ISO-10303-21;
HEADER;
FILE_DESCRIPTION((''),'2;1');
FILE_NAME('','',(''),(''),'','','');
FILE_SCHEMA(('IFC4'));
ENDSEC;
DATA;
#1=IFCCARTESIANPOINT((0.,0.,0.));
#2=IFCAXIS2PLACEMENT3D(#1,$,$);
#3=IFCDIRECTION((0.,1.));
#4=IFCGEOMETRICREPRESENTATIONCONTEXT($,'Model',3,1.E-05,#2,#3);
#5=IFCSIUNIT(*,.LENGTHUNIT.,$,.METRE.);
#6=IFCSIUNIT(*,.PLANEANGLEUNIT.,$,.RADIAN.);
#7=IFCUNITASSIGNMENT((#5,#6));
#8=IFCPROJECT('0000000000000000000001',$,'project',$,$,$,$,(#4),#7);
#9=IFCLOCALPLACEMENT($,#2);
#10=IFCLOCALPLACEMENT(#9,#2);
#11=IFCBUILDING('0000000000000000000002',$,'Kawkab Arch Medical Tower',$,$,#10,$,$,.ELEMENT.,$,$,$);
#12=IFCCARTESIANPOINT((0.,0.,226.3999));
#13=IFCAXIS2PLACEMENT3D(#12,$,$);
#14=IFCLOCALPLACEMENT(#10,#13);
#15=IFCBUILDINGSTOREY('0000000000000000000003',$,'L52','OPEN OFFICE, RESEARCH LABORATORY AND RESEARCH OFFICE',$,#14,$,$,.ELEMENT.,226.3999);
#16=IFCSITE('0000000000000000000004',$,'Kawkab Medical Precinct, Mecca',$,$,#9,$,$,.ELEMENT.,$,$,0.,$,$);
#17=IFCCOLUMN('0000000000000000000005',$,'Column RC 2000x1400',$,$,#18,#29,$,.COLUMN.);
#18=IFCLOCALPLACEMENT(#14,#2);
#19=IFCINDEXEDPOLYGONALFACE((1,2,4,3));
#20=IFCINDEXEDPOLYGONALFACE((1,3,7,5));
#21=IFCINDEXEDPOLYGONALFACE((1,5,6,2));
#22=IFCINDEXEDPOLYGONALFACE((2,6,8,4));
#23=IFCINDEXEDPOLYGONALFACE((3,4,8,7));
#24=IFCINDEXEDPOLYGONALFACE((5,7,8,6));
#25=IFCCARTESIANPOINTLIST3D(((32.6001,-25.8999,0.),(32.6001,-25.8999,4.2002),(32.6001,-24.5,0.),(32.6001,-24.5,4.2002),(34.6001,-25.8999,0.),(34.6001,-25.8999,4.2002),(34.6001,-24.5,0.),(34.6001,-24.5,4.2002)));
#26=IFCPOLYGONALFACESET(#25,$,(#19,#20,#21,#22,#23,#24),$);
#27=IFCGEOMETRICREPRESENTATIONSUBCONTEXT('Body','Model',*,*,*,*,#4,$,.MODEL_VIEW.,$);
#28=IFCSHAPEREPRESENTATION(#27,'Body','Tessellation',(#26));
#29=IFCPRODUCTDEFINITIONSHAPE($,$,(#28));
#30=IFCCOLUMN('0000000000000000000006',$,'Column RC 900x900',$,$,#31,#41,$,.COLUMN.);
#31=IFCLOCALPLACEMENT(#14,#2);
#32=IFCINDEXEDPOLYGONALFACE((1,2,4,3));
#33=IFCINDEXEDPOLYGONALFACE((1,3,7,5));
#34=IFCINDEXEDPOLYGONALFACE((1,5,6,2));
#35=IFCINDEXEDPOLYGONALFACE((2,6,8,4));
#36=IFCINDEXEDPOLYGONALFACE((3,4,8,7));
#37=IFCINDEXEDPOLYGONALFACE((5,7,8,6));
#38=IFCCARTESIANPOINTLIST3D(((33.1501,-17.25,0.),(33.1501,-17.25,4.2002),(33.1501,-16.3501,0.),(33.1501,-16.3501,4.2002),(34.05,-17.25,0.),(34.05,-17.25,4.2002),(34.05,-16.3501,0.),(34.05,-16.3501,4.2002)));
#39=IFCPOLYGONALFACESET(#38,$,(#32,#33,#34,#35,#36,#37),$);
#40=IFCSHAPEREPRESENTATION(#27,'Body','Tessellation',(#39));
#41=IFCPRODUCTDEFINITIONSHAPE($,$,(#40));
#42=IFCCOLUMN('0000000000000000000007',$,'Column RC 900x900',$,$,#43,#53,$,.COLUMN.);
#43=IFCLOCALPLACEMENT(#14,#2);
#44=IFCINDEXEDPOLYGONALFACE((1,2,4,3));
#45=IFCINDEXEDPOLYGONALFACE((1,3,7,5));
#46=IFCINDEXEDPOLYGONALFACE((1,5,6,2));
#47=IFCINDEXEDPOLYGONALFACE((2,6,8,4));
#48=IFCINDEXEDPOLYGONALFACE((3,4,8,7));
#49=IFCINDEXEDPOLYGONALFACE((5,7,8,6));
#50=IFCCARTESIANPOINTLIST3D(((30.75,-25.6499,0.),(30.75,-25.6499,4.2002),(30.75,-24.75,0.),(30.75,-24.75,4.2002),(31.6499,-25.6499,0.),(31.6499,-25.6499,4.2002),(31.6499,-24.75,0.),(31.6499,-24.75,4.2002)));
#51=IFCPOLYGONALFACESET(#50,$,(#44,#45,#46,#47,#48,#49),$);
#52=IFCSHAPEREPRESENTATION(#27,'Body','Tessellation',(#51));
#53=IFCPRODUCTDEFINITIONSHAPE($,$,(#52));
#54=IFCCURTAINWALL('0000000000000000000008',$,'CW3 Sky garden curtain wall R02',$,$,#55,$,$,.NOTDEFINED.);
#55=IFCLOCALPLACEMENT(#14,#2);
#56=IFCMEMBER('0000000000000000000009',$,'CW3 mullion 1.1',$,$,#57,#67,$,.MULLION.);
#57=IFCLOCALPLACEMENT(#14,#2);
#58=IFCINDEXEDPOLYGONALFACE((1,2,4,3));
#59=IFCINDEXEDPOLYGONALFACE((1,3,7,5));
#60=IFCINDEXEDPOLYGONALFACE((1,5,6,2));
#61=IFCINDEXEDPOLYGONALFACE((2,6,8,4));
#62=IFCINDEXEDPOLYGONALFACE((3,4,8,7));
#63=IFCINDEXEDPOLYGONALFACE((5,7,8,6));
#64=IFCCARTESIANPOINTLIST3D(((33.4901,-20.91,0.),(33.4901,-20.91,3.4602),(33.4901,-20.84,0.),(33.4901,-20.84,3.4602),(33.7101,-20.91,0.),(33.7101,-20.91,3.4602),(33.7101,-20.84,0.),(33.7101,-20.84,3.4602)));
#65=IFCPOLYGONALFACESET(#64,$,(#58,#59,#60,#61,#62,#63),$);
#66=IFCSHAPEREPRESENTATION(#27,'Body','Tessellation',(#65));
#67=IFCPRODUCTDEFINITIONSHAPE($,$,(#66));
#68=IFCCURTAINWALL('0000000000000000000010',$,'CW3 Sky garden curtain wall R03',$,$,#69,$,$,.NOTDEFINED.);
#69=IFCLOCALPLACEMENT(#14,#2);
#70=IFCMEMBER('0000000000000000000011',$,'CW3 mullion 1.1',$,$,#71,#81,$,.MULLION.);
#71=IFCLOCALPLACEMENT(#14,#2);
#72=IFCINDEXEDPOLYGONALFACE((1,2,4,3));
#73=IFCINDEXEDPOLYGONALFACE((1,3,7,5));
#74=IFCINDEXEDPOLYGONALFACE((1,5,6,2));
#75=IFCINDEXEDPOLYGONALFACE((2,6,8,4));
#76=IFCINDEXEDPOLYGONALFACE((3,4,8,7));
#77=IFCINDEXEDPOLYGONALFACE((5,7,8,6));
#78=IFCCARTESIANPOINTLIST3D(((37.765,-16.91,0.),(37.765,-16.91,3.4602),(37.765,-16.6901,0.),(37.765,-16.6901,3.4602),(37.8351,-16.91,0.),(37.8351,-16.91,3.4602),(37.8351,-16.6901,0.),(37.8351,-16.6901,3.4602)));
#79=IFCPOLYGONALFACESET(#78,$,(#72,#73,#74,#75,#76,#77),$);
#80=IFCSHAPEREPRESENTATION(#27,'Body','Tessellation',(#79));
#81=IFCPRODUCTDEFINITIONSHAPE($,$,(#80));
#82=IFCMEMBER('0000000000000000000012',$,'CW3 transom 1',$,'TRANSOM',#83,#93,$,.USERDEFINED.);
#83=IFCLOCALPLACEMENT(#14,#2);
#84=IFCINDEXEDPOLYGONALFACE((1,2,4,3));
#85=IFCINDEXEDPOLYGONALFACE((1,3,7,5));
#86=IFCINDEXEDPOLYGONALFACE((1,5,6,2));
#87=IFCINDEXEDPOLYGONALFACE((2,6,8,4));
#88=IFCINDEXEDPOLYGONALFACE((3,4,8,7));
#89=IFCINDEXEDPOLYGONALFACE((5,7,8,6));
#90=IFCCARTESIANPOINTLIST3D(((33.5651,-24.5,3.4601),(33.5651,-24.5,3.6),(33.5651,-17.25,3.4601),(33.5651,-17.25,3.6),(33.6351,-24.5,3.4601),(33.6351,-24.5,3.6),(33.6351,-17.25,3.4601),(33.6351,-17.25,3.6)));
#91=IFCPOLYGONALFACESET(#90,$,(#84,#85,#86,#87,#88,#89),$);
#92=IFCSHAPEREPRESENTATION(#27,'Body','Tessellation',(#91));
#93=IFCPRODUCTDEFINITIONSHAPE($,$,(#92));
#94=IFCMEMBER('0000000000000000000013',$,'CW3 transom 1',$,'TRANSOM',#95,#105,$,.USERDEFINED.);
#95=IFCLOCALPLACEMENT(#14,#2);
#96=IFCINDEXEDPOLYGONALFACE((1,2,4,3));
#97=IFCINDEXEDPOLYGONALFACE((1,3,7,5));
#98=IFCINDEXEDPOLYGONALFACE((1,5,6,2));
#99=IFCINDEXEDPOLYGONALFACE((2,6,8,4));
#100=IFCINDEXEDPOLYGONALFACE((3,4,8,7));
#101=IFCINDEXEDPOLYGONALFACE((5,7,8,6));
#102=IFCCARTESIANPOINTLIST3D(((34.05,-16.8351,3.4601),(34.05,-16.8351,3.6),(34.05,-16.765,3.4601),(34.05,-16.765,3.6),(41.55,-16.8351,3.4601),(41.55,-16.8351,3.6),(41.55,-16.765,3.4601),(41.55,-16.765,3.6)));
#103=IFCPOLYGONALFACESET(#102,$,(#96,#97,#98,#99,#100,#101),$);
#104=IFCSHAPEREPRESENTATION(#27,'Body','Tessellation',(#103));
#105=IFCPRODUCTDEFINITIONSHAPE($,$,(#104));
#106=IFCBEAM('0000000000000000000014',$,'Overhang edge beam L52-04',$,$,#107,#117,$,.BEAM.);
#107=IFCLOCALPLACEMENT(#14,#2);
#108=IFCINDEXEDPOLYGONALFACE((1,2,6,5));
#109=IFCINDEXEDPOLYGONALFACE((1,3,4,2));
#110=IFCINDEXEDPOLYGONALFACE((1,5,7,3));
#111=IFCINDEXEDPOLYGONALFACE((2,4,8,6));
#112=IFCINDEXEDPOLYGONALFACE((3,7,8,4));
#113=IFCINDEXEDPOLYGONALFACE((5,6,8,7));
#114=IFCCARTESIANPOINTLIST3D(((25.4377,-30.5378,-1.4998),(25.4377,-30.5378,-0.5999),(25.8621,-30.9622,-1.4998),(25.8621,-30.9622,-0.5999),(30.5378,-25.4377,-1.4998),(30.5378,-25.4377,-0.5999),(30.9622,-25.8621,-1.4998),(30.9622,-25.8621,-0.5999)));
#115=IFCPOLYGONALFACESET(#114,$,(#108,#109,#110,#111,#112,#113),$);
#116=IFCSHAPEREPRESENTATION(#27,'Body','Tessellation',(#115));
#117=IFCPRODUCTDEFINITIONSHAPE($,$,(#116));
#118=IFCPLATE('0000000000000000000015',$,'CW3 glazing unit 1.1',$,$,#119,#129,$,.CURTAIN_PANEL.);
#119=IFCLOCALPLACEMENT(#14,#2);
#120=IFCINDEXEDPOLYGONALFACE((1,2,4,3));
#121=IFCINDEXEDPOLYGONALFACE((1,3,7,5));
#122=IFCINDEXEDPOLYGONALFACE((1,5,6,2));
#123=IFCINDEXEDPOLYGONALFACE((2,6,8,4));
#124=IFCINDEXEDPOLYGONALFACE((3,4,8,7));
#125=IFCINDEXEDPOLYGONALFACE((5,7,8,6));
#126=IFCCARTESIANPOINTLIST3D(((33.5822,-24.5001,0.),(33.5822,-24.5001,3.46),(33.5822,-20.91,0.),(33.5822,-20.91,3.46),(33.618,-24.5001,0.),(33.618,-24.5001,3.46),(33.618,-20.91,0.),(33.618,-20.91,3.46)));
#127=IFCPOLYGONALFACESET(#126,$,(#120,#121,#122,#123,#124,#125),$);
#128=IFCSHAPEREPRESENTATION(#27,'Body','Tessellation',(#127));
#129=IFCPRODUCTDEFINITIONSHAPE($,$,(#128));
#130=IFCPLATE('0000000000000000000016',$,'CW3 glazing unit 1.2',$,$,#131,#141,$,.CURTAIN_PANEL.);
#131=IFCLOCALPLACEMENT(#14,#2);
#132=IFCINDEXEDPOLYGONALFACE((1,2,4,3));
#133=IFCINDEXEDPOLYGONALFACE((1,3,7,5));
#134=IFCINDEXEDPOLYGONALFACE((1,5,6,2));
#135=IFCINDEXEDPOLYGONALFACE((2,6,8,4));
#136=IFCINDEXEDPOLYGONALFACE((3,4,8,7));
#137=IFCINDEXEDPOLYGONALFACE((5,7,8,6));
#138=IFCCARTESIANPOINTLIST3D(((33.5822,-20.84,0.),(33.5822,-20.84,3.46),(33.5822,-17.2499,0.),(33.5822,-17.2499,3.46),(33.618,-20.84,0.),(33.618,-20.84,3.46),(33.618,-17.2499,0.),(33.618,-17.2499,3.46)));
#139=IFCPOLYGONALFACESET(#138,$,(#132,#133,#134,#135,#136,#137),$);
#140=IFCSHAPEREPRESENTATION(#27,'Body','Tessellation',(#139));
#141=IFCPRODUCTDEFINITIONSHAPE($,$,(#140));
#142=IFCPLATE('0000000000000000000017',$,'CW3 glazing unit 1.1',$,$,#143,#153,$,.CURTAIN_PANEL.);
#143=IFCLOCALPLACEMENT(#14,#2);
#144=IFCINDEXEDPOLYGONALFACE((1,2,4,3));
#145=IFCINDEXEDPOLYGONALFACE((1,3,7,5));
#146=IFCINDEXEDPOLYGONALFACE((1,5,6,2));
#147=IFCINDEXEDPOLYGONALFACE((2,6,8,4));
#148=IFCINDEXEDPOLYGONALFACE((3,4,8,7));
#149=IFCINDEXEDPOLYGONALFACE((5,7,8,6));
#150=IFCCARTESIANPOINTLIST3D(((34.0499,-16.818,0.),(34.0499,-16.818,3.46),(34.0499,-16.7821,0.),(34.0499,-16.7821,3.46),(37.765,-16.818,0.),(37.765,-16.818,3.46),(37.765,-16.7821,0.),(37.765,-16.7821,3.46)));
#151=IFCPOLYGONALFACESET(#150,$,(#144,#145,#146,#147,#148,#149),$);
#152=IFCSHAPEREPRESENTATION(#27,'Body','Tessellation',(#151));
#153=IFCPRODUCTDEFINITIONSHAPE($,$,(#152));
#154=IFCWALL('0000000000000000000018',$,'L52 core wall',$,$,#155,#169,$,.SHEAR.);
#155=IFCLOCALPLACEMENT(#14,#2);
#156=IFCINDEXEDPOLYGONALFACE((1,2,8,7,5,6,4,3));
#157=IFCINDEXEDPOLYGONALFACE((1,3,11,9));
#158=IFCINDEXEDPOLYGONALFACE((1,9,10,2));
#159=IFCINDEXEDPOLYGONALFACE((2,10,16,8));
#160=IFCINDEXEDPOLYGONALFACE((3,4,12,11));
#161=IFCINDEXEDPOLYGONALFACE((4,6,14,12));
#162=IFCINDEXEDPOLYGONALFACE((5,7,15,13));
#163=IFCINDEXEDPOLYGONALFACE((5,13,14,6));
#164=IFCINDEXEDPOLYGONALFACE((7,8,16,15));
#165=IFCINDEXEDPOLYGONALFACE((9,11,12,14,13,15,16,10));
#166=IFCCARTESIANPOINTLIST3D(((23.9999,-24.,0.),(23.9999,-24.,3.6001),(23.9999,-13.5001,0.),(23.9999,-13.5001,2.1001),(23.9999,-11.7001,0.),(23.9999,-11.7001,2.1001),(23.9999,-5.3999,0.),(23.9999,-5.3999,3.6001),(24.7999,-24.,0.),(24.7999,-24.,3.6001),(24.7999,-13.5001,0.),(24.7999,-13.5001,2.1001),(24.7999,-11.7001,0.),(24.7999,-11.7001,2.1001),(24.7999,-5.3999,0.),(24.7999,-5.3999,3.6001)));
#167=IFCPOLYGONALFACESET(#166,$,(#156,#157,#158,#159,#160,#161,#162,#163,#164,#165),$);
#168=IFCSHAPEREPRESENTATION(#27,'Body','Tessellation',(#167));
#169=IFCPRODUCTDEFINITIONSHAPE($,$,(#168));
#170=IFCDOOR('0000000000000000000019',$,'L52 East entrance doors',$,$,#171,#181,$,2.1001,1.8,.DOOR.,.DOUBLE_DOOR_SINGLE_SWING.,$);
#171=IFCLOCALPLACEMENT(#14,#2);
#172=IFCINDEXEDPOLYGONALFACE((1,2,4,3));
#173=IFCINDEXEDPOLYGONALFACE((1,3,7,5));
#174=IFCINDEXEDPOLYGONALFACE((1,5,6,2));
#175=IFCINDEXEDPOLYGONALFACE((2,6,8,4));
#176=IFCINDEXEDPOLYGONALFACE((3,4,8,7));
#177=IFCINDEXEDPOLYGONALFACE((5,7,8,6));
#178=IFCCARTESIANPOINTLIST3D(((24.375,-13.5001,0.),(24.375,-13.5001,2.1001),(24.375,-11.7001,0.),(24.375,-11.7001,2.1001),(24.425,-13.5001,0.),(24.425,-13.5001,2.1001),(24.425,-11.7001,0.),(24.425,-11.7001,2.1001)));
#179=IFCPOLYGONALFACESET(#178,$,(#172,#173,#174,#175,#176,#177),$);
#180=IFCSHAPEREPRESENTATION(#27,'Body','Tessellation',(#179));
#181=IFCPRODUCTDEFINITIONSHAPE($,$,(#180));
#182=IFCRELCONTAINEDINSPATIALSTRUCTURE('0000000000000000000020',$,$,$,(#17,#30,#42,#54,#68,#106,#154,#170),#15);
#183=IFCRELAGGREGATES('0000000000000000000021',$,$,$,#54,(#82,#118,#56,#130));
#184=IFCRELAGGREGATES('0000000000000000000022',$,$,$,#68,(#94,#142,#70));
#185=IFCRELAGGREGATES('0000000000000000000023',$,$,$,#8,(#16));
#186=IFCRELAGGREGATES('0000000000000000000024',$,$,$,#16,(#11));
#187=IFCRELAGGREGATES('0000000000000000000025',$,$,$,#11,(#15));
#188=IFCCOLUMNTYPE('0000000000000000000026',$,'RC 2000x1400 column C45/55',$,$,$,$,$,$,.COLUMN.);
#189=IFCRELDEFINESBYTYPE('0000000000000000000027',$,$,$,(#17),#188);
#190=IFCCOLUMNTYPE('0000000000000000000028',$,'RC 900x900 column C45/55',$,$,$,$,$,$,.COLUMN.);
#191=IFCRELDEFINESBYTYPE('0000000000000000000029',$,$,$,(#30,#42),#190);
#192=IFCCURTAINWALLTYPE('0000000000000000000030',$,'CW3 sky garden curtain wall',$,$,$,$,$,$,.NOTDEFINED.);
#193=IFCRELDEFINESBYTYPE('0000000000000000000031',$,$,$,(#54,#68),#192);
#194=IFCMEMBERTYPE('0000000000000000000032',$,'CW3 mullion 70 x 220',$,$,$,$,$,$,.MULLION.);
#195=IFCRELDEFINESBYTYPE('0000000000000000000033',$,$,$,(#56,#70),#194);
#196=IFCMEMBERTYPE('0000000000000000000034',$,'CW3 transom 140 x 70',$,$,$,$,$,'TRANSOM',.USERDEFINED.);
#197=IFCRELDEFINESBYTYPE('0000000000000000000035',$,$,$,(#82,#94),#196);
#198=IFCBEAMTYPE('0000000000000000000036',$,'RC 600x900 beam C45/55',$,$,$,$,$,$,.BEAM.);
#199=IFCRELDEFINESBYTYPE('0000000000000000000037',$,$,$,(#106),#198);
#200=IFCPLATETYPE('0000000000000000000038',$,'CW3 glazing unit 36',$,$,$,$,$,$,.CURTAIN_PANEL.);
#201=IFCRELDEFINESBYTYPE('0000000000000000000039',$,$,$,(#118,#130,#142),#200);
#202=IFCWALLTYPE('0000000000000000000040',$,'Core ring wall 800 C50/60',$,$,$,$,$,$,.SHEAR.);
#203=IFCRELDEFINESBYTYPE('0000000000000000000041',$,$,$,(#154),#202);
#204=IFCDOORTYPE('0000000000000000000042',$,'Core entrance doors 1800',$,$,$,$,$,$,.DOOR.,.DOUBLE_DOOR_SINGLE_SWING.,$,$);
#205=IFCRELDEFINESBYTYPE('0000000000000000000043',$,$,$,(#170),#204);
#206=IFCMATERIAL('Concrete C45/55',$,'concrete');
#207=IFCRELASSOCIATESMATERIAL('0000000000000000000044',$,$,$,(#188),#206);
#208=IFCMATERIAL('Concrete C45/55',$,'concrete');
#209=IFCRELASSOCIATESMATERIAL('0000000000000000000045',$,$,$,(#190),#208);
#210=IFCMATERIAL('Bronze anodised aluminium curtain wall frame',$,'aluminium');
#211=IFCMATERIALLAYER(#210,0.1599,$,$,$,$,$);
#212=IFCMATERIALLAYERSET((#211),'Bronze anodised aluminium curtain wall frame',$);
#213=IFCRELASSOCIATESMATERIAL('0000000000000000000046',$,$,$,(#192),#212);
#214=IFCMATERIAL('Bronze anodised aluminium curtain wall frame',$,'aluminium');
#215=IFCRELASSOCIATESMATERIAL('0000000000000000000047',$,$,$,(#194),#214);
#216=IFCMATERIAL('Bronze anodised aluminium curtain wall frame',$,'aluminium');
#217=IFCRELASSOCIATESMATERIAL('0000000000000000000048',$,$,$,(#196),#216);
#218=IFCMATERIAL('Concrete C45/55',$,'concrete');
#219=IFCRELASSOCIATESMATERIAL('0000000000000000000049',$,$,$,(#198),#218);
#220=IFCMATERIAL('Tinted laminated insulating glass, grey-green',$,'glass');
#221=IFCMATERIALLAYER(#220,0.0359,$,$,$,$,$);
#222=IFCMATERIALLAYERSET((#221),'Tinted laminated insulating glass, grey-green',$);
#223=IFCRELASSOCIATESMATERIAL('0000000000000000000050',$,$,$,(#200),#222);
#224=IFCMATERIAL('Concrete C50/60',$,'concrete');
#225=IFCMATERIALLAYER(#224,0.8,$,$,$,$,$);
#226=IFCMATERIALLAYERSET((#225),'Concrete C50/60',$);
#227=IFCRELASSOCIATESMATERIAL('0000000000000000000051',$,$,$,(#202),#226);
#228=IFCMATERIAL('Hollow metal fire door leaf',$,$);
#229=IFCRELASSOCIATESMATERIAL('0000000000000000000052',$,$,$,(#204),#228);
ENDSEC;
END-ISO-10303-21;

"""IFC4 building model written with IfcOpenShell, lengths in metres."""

from ifc_helpers import new_model, si_unit, direction, frame, frame_2d, origin, origin_2d, place, context, subcontext, project, spatial, rectangle, extrude, material, layer, layer_set, material_profile, profile_set, type_object, element, fill, aggregate, save


model = new_model("IFC4")

# Units and contexts
model_context = context("Model", 3, precision=1e-05, world=origin(), true_north=direction((0.0, 1.0)))
body_context = subcontext(model_context, "Body", "Model", "MODEL_VIEW")
ifc_project = project(units=[si_unit("LENGTHUNIT", "METRE"), si_unit("PLANEANGLEUNIT", "RADIAN")], contexts=[model_context])

# Site, building, storey
site_placement = place(None, origin())
site = spatial("IfcSite", under=ifc_project, at=site_placement, Name="Kawkab Medical Precinct, Mecca", CompositionType="ELEMENT", RefElevation=0.0)
building_placement = place(site_placement, origin())
building = spatial("IfcBuilding", under=site, at=building_placement, Name="Kawkab Arch Medical Tower", CompositionType="ELEMENT")
storey_placement = place(building_placement, frame((0.0, 0.0, 226.3999)))
storey = spatial("IfcBuildingStorey", under=building, at=storey_placement, Name="L52", Description="OPEN OFFICE, RESEARCH LABORATORY AND RESEARCH OFFICE", CompositionType="ELEMENT", Elevation=226.3999)

# Columns
ifc_material_1 = material(Name="Concrete C45/55", Category="concrete")
ifc_material_profile_1 = material_profile(ifc_material_1, rectangle(XDim=2.0, YDim=1.3999, at=origin_2d()), Name="RC 2000x1400")
ifc_profile_set_1 = profile_set([ifc_material_profile_1], Name="Concrete C45/55")
column_type_1 = type_object("IfcColumnType", Name="RC 2000x1400 column C45/55", PredefinedType="COLUMN", material=ifc_profile_set_1)
column_placement = place(storey_placement, frame((33.6001, -25.2, 0.0), z_axis=(0.0, 0.0, 1.0), x_axis=(-1.0, 0.0, 0.0)))
element("IfcColumn", 1, at=column_placement, inside=storey, type_object=column_type_1, Name="Column RC 2000x1400", PredefinedType="COLUMN", context=body_context, shape_type="SweptSolid", body=[
    extrude(rectangle(XDim=2.0, YDim=1.3999, at=origin_2d()), origin(), (0.0, 0.0, 1.0), 4.2002),
])
ifc_material_2 = material(Name="Concrete C45/55", Category="concrete")
ifc_material_profile_2 = material_profile(ifc_material_2, rectangle(XDim=0.8999, YDim=0.8999, at=origin_2d()), Name="RC 900x900")
ifc_profile_set_2 = profile_set([ifc_material_profile_2], Name="Concrete C45/55")
column_type_2 = type_object("IfcColumnType", Name="RC 900x900 column C45/55", PredefinedType="COLUMN", material=ifc_profile_set_2)
for number, where, z_axis, x_axis, name in (
    (2, (33.6001, -16.8, 0.0), (0.0, 0.0, 1.0), (1.0, 0.0, 0.0), "Column RC 900x900"),
    (3, (31.2, -25.2, 0.0), (0.0, 0.0, 1.0), (1.0, 0.0, 0.0), "Column RC 900x900"),
):
    element("IfcColumn", number, at=place(storey_placement, frame(where, z_axis=z_axis, x_axis=x_axis)), inside=storey, type_object=column_type_2, Name=name, PredefinedType="COLUMN", context=body_context, shape_type="SweptSolid", body=[
        extrude(rectangle(XDim=0.8999, YDim=0.8999, at=origin_2d()), origin(), (0.0, 0.0, 1.0), 4.2002),
    ])

# Curtain walls, members
ifc_material_3 = material(Name="Bronze anodised aluminium curtain wall frame", Category="aluminium")
ifc_layer_1 = layer(ifc_material_3, 0.1599)
ifc_layer_set_1 = layer_set([ifc_layer_1], Name="Bronze anodised aluminium curtain wall frame")
curtain_wall_type = type_object("IfcCurtainWallType", Name="CW3 sky garden curtain wall", PredefinedType="NOTDEFINED", material=ifc_layer_set_1)
placement = place(storey_placement, origin())
curtain_wall_1 = element("IfcCurtainWall", 4, at=placement, inside=storey, type_object=curtain_wall_type, Name="CW3 Sky garden curtain wall R02", PredefinedType="NOTDEFINED")
ifc_material_4 = material(Name="Bronze anodised aluminium curtain wall frame", Category="aluminium")
ifc_material_profile_3 = material_profile(ifc_material_4, rectangle(XDim=0.22, YDim=0.0701, at=origin_2d()), Name="AL 70x220")
ifc_profile_set_3 = profile_set([ifc_material_profile_3], Name="Bronze anodised aluminium curtain wall frame")
member_type_1 = type_object("IfcMemberType", Name="CW3 mullion 70 x 220", PredefinedType="MULLION", material=ifc_profile_set_3)
member_1_placement = place(storey_placement, frame((33.6001, -20.875, 0.0), z_axis=(0.0, 0.0, 1.0), x_axis=(-1.0, 0.0, 0.0)))
member_1 = element("IfcMember", 5, at=member_1_placement, type_object=member_type_1, Name="CW3 mullion 1.1", PredefinedType="MULLION", context=body_context, shape_type="SweptSolid", body=[
    extrude(rectangle(XDim=0.22, YDim=0.0701, at=origin_2d()), origin(), (0.0, 0.0, 1.0), 3.4602),
])
curtain_wall_2 = element("IfcCurtainWall", 6, at=placement, inside=storey, type_object=curtain_wall_type, Name="CW3 Sky garden curtain wall R03", PredefinedType="NOTDEFINED")
member_2_placement = place(storey_placement, frame((37.8, -16.8, 0.0), z_axis=(0.0, 0.0, 1.0), x_axis=(0.0, 1.0, 0.0)))
member_2 = element("IfcMember", 7, at=member_2_placement, type_object=member_type_1, Name="CW3 mullion 1.1", PredefinedType="MULLION", context=body_context, shape_type="SweptSolid", body=[
    extrude(rectangle(XDim=0.22, YDim=0.0701, at=origin_2d()), origin(), (0.0, 0.0, 1.0), 3.4602),
])

# Members
ifc_material_5 = material(Name="Bronze anodised aluminium curtain wall frame", Category="aluminium")
ifc_material_profile_4 = material_profile(ifc_material_5, rectangle(XDim=0.0701, YDim=0.1399, at=origin_2d()), Name="AL 70x140")
ifc_profile_set_4 = profile_set([ifc_material_profile_4], Name="Bronze anodised aluminium curtain wall frame")
member_type_2 = type_object("IfcMemberType", Name="CW3 transom 140 x 70", ElementType="TRANSOM", PredefinedType="USERDEFINED", material=ifc_profile_set_4)
member_3_placement = place(storey_placement, frame((33.6001, -24.5, 3.53), z_axis=(0.0, 1.0, 0.0), x_axis=(-1.0, 0.0, 0.0)))
member_3 = element("IfcMember", 8, at=member_3_placement, type_object=member_type_2, Name="CW3 transom 1", ObjectType="TRANSOM", PredefinedType="USERDEFINED", context=body_context, shape_type="SweptSolid", body=[
    extrude(rectangle(XDim=0.0701, YDim=0.1399, at=origin_2d()), origin(), (0.0, 0.0, 1.0), 7.25),
])
member_4_placement = place(storey_placement, frame((34.05, -16.8, 3.53), z_axis=(1.0, 0.0, 0.0), x_axis=(0.0, 1.0, 0.0)))
member_4 = element("IfcMember", 9, at=member_4_placement, type_object=member_type_2, Name="CW3 transom 1", ObjectType="TRANSOM", PredefinedType="USERDEFINED", context=body_context, shape_type="SweptSolid", body=[
    extrude(rectangle(XDim=0.0701, YDim=0.1399, at=origin_2d()), origin(), (0.0, 0.0, 1.0), 7.5),
])

# Beam
ifc_material_6 = material(Name="Concrete C45/55", Category="concrete")
ifc_material_profile_5 = material_profile(ifc_material_6, rectangle(XDim=0.6001, YDim=0.8999, at=origin_2d()), Name="RC 600x900")
ifc_profile_set_5 = profile_set([ifc_material_profile_5], Name="Concrete C45/55")
beam_type = type_object("IfcBeamType", Name="RC 600x900 beam C45/55", PredefinedType="BEAM", material=ifc_profile_set_5)
beam_placement = place(storey_placement, frame((30.75, -25.6499, -1.0498), z_axis=(-0.707107, -0.707107, 0.0), x_axis=(0.707107, -0.707107, 0.0)))
element("IfcBeam", 10, at=beam_placement, inside=storey, type_object=beam_type, Name="Overhang edge beam L52-04", PredefinedType="BEAM", context=body_context, shape_type="SweptSolid", body=[
    extrude(rectangle(XDim=0.6001, YDim=0.8999, at=origin_2d()), origin(), (0.0, 0.0, 1.0), 7.2126),
])

# Plates
ifc_material_7 = material(Name="Tinted laminated insulating glass, grey-green", Category="glass")
ifc_layer_2 = layer(ifc_material_7, 0.0359)
ifc_layer_set_2 = layer_set([ifc_layer_2], Name="Tinted laminated insulating glass, grey-green")
plate_type = type_object("IfcPlateType", Name="CW3 glazing unit 36", PredefinedType="CURTAIN_PANEL", material=ifc_layer_set_2)
plate_1_placement = place(storey_placement, frame((33.6001, -22.7051, 0.0), z_axis=(0.0, 0.0, 1.0), x_axis=(0.0, 1.0, 0.0)))
plate_1 = element("IfcPlate", 11, at=plate_1_placement, type_object=plate_type, Name="CW3 glazing unit 1.1", PredefinedType="CURTAIN_PANEL", context=body_context, shape_type="SweptSolid", body=[
    extrude(rectangle(XDim=3.5901, YDim=0.0359, at=origin_2d()), origin(), (0.0, 0.0, 1.0), 3.46),
])
plate_2_placement = place(storey_placement, frame((33.6001, -19.0449, 0.0), z_axis=(0.0, 0.0, 1.0), x_axis=(0.0, 1.0, 0.0)))
plate_2 = element("IfcPlate", 12, at=plate_2_placement, type_object=plate_type, Name="CW3 glazing unit 1.2", PredefinedType="CURTAIN_PANEL", context=body_context, shape_type="SweptSolid", body=[
    extrude(rectangle(XDim=3.5901, YDim=0.0359, at=origin_2d()), origin(), (0.0, 0.0, 1.0), 3.46),
])
aggregate(curtain_wall_1, [member_3, plate_1, member_1, plate_2])
plate_3_placement = place(storey_placement, frame((35.9075, -16.8, 0.0), z_axis=(0.0, 0.0, 1.0), x_axis=(1.0, 0.0, 0.0)))
plate_3 = element("IfcPlate", 13, at=plate_3_placement, type_object=plate_type, Name="CW3 glazing unit 1.1", PredefinedType="CURTAIN_PANEL", context=body_context, shape_type="SweptSolid", body=[
    extrude(rectangle(XDim=3.7151, YDim=0.0359, at=origin_2d()), origin(), (0.0, 0.0, 1.0), 3.46),
])
aggregate(curtain_wall_2, [member_4, plate_3, member_2])

# Wall, opening, door
ifc_material_8 = material(Name="Concrete C50/60", Category="concrete")
ifc_layer_3 = layer(ifc_material_8, 0.8)
ifc_layer_set_3 = layer_set([ifc_layer_3], Name="Concrete C50/60")
wall_type_1 = type_object("IfcWallType", Name="Core ring wall 800 C50/60", PredefinedType="SHEAR", material=ifc_layer_set_3)
wall_1_placement = place(storey_placement, frame((24.3999, -24.0, 0.0), z_axis=(0.0, 0.0, 1.0), x_axis=(0.0, 1.0, 0.0)))
wall_1 = element("IfcWall", 14, at=wall_1_placement, inside=storey, type_object=wall_type_1, Name="L52 core wall", PredefinedType="SHEAR", context=body_context, shape_type="SweptSolid", body=[
    extrude(rectangle(XDim=18.6001, YDim=0.8, at=frame_2d((9.3, 0.0))), origin(), (0.0, 0.0, 1.0), 3.6001),
])
opening_1_placement = place(wall_1_placement, frame((10.5, 0.0, 0.0)))
opening_1 = element("IfcOpeningElement", 15, at=opening_1_placement, cuts=wall_1, PredefinedType="OPENING", context=body_context, shape_type="SweptSolid", body=[
    extrude(rectangle(XDim=1.8, YDim=2.1001, at=frame_2d((0.8999, 1.05))), frame((0.0, 0.4099, 0.0), z_axis=(0.0, -1.0, 0.0), x_axis=(1.0, 0.0, 0.0)), (0.0, 0.0, 1.0), 0.8201),
])
ifc_material_9 = material(Name="Hollow metal fire door leaf")
door_type_1 = type_object("IfcDoorType", Name="Core entrance doors 1800", OperationType="DOUBLE_DOOR_SINGLE_SWING", PredefinedType="DOOR", material=ifc_material_9)
door_1_placement = place(opening_1_placement, origin())
door_1 = element("IfcDoor", 16, at=door_1_placement, inside=storey, type_object=door_type_1, Name="L52 East entrance doors", OperationType="DOUBLE_DOOR_SINGLE_SWING", OverallHeight=2.1001, OverallWidth=1.8, PredefinedType="DOOR", context=body_context, shape_type="SweptSolid", body=[
    extrude(rectangle(XDim=1.8, YDim=2.1001, at=frame_2d((0.8999, 1.05))), frame((0.0, 0.0249, 0.0), z_axis=(0.0, -1.0, 0.0), x_axis=(1.0, 0.0, 0.0)), (0.0, 0.0, 1.0), 0.05),
])
fill(opening_1, door_1)

save(model, "model.ifc")
